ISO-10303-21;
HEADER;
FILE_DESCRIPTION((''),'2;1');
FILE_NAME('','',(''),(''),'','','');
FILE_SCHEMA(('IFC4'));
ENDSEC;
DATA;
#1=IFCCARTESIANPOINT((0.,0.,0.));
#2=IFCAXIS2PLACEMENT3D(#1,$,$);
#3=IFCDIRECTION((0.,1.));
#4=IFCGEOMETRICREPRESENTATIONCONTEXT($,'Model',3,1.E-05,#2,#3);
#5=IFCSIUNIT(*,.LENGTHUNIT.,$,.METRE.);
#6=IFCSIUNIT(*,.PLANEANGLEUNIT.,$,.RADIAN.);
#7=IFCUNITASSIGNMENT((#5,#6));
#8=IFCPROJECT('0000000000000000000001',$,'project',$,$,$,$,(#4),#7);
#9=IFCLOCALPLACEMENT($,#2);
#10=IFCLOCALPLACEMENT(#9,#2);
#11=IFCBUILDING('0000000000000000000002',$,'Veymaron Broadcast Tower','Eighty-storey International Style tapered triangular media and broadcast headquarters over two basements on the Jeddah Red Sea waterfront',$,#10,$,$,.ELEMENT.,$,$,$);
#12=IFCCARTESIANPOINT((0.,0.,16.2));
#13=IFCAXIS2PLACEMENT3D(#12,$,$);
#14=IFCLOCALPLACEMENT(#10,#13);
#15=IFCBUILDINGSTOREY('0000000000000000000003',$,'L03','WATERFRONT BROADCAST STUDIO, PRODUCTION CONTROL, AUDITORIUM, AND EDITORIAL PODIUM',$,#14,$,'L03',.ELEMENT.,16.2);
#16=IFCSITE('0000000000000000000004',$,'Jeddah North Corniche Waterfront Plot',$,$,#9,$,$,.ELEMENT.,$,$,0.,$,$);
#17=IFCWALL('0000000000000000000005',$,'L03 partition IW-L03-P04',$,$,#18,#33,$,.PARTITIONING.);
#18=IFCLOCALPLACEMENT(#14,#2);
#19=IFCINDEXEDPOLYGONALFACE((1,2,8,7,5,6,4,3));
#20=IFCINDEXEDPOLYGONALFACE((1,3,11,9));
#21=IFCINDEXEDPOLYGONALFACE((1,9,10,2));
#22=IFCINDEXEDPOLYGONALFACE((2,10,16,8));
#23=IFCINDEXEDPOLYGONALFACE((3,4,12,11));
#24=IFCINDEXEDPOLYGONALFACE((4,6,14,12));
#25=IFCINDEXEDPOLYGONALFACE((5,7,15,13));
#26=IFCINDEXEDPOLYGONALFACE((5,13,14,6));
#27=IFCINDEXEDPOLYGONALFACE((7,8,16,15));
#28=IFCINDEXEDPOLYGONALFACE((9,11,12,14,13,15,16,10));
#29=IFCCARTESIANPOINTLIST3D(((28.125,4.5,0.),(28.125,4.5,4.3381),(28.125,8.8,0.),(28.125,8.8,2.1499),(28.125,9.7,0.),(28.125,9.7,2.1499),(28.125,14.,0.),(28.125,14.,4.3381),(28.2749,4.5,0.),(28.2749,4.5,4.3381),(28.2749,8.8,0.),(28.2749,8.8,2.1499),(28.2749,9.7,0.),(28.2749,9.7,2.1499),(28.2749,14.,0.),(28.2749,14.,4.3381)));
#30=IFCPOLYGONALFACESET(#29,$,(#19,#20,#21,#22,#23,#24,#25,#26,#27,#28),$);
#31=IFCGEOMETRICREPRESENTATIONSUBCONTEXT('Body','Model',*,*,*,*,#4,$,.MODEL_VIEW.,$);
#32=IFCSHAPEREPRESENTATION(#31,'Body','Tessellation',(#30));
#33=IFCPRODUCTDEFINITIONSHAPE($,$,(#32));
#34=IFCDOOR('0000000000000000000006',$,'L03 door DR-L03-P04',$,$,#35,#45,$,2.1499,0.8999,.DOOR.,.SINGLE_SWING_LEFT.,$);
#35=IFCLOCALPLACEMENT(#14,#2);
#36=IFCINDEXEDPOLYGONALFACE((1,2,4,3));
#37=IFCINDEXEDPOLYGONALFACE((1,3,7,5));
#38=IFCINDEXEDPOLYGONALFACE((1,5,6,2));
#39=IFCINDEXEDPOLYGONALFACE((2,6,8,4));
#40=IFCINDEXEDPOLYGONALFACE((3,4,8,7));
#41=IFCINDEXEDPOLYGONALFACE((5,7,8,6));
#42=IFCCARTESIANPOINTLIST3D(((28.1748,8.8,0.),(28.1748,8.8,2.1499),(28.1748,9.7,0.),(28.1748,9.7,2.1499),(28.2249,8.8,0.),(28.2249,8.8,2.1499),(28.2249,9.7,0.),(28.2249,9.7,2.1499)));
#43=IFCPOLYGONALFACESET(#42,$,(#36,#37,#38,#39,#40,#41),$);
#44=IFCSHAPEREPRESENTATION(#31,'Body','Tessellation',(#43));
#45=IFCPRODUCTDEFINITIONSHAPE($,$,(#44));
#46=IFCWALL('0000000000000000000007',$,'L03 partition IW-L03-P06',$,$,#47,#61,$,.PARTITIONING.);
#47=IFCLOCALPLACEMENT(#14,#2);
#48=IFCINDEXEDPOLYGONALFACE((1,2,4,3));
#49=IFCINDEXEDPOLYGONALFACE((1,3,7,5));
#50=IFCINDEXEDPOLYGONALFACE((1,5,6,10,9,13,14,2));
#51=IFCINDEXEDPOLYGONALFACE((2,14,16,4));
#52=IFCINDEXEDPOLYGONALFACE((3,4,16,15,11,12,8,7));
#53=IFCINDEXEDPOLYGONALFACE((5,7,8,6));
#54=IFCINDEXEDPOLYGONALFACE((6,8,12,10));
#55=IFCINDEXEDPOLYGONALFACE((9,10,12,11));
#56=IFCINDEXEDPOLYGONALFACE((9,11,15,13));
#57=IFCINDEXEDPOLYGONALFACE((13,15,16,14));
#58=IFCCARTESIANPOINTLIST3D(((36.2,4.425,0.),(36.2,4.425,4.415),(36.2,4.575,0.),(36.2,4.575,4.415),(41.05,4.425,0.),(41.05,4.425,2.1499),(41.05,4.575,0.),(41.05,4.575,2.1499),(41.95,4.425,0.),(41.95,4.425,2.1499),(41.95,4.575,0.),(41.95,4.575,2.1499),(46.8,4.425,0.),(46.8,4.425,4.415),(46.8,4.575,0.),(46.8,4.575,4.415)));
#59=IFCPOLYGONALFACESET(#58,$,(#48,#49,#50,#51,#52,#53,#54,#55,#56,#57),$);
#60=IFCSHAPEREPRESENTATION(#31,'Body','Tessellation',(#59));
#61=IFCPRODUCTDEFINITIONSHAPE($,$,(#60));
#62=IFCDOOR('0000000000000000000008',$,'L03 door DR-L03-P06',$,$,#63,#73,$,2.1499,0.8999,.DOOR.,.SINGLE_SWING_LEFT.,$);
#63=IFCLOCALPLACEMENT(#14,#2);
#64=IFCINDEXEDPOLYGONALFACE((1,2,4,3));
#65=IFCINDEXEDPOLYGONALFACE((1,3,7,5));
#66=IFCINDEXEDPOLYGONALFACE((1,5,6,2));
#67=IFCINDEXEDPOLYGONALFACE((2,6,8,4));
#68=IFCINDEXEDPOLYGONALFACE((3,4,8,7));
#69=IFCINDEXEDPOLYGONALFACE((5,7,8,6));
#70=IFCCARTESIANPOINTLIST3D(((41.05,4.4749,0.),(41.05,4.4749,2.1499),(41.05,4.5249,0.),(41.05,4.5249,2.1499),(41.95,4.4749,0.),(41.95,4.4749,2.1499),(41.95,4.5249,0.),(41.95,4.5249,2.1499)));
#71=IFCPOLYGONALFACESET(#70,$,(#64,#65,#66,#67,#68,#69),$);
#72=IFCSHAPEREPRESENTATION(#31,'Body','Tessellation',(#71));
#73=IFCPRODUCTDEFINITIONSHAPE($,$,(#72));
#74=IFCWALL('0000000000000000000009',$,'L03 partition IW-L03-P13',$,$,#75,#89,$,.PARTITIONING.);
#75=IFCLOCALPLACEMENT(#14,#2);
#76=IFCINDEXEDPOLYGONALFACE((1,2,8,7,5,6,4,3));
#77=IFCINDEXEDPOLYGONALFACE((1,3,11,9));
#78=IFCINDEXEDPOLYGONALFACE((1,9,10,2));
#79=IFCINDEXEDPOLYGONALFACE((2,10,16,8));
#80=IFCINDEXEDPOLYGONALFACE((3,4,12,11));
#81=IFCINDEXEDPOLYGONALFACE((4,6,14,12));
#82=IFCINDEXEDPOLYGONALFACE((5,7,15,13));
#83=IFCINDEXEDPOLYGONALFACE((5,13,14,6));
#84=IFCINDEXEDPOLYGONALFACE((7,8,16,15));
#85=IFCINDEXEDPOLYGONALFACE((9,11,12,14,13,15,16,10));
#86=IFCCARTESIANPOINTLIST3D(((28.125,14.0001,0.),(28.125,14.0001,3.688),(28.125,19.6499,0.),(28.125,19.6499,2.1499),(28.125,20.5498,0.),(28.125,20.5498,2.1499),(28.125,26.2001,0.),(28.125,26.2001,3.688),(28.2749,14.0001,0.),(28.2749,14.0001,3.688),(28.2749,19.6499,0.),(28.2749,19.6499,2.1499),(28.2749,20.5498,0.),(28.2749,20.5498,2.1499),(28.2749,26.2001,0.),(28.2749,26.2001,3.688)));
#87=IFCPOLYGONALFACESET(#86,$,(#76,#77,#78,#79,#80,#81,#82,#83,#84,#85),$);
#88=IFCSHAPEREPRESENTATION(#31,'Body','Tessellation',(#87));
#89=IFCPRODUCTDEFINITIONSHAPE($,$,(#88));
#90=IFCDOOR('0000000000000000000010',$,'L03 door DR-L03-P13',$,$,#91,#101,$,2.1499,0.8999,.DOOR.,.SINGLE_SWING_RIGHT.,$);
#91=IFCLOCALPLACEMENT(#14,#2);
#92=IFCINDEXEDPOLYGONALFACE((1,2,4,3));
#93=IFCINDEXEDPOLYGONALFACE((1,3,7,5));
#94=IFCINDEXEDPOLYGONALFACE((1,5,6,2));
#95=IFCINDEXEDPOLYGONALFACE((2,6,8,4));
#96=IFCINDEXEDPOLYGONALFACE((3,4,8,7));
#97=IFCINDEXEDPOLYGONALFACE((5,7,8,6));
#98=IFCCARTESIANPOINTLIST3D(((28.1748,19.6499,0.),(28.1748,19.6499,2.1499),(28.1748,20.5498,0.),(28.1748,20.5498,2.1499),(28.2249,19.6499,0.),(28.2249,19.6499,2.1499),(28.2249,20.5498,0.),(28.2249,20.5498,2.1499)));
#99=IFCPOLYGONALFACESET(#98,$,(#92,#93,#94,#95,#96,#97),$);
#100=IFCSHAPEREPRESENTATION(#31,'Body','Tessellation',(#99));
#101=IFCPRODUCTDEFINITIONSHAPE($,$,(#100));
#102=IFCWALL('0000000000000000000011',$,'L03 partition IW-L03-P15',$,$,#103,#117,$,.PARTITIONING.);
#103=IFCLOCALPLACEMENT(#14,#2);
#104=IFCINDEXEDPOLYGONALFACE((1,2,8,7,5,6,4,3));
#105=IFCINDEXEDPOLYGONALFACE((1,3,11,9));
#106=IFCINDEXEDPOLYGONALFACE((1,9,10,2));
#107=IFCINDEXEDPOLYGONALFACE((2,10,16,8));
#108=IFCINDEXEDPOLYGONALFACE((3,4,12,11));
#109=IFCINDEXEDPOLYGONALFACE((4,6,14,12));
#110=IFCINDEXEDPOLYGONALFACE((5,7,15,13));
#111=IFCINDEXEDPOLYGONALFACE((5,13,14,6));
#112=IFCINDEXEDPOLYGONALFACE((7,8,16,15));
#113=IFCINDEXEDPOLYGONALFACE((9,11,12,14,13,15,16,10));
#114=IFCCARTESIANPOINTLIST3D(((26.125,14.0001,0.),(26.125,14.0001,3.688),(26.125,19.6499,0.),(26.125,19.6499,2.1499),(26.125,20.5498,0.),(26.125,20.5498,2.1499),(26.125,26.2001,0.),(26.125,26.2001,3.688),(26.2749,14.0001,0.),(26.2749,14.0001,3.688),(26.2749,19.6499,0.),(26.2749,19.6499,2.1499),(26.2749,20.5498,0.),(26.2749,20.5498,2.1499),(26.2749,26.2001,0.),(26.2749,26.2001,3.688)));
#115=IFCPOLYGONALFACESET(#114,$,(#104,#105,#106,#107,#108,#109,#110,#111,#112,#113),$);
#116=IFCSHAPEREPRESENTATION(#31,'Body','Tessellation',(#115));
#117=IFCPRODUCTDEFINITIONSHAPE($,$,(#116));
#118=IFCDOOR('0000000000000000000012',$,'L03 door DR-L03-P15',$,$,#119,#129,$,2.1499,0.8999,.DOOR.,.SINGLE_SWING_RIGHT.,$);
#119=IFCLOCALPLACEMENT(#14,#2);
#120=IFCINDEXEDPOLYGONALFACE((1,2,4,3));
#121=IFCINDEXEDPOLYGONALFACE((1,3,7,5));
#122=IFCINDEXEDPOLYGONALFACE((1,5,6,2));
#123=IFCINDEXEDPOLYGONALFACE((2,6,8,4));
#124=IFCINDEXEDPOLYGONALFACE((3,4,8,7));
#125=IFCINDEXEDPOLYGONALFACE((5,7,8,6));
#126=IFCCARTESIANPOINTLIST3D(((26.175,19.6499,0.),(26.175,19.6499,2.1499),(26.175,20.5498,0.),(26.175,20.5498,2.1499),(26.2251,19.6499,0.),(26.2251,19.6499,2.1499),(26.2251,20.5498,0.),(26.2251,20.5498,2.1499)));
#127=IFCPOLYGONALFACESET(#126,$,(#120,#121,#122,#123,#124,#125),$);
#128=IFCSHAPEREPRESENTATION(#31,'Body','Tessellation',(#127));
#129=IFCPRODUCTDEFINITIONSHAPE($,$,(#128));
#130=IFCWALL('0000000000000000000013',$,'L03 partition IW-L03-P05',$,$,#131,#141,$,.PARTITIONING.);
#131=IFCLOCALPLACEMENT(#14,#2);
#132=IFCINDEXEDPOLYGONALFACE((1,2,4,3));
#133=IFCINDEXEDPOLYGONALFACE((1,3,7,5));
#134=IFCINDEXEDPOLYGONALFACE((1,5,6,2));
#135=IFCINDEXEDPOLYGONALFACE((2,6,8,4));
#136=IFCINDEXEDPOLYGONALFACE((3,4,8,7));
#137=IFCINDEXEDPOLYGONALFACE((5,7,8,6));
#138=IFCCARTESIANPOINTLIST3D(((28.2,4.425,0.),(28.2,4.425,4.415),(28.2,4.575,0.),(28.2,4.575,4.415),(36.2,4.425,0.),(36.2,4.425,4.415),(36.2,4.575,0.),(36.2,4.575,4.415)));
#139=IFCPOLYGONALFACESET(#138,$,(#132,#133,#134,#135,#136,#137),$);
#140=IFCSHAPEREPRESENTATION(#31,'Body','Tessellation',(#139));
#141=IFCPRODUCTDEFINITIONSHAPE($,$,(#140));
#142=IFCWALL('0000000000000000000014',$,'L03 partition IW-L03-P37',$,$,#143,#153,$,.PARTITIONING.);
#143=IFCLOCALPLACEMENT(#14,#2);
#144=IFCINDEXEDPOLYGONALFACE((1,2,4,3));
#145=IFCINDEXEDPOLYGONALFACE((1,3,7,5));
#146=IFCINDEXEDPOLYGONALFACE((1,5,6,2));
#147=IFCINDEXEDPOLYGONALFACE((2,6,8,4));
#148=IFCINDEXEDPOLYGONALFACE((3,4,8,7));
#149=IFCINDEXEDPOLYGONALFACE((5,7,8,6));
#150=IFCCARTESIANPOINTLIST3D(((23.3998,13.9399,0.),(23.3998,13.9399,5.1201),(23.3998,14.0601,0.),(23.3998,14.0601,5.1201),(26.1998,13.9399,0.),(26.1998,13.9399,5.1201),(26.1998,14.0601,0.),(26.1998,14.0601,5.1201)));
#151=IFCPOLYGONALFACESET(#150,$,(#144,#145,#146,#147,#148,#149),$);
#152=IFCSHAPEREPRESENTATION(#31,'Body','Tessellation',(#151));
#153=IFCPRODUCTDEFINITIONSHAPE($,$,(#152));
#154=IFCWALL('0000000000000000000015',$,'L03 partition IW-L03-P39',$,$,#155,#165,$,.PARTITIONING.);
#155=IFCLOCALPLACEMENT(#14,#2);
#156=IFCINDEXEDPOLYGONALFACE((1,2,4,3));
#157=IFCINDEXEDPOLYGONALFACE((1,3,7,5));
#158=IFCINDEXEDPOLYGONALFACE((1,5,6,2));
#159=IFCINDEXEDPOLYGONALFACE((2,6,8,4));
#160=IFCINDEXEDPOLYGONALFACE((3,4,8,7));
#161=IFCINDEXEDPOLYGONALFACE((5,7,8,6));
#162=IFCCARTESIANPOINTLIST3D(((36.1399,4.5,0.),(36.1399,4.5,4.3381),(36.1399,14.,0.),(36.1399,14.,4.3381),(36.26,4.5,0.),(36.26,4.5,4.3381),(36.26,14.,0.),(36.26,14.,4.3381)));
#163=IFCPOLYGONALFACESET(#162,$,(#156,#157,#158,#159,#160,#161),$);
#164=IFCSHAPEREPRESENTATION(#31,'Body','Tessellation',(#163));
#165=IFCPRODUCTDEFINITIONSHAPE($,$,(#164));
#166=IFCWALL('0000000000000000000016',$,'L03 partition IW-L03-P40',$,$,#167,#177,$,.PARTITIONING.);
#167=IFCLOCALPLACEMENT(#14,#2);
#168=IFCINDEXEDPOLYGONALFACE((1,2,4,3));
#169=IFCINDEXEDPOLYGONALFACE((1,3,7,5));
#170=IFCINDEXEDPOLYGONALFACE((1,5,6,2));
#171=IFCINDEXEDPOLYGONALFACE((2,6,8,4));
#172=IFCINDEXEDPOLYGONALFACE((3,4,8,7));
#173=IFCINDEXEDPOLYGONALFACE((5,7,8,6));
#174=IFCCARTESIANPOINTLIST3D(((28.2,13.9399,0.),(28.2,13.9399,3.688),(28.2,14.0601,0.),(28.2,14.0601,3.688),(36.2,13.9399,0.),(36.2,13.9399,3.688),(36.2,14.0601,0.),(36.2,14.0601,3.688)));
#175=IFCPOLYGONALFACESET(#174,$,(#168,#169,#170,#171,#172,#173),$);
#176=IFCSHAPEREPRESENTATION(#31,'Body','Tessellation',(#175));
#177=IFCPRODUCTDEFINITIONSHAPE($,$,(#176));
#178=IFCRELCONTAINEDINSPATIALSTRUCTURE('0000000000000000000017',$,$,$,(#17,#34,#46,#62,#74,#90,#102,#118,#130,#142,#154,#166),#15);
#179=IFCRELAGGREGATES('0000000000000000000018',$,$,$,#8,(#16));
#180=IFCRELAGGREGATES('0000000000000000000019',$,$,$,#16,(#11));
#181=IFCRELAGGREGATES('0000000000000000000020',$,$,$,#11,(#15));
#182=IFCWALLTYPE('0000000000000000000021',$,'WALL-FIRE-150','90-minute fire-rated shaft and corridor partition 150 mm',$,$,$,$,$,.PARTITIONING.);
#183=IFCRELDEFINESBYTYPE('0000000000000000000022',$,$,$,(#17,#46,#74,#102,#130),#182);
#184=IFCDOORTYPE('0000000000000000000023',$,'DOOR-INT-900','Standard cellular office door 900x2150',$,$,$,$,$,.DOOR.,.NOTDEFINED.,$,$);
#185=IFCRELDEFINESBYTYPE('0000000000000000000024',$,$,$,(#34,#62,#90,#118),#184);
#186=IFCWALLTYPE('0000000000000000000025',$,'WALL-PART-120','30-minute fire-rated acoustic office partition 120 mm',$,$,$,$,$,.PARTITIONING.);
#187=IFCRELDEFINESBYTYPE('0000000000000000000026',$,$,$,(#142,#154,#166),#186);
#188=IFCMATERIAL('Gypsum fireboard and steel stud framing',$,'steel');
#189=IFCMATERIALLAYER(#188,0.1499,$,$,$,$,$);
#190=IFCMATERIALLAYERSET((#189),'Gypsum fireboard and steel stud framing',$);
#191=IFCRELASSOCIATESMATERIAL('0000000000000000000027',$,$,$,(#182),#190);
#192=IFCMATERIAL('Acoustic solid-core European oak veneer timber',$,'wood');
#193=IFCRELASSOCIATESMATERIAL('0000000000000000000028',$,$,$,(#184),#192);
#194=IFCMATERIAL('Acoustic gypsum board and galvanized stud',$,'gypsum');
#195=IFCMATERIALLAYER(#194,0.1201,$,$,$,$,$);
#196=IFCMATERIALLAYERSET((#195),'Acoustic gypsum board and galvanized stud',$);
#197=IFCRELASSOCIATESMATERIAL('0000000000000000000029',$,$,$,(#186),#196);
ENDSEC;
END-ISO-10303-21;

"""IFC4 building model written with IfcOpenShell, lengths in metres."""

from ifc_helpers import new_model, si_unit, direction, frame, frame_2d, origin, place, context, subcontext, project, spatial, rectangle, extrude, material, layer, layer_set, type_object, element, fill, save


model = new_model("IFC4")

# Units and contexts
model_context = context("Model", 3, precision=1e-05, world=origin(), true_north=direction((0.0, 1.0)))
body_context = subcontext(model_context, "Body", "Model", "MODEL_VIEW")
ifc_project = project(units=[si_unit("LENGTHUNIT", "METRE"), si_unit("PLANEANGLEUNIT", "RADIAN")], contexts=[model_context])

# Site, building, storey
site_placement = place(None, origin())
site = spatial("IfcSite", under=ifc_project, at=site_placement, Name="Jeddah North Corniche Waterfront Plot", CompositionType="ELEMENT", RefElevation=0.0)
building_placement = place(site_placement, origin())
building = spatial("IfcBuilding", under=site, at=building_placement, Name="Veymaron Broadcast Tower", Description="Eighty-storey International Style tapered triangular media and broadcast headquarters over two basements on the Jeddah Red Sea waterfront", CompositionType="ELEMENT")
storey_placement = place(building_placement, frame((0.0, 0.0, 16.2)))
storey = spatial("IfcBuildingStorey", under=building, at=storey_placement, Name="L03", Description="WATERFRONT BROADCAST STUDIO, PRODUCTION CONTROL, AUDITORIUM, AND EDITORIAL PODIUM", LongName="L03", CompositionType="ELEMENT", Elevation=16.2)

# Walls, openings, doors
ifc_material_1 = material(Name="Gypsum fireboard and steel stud framing", Category="steel")
ifc_layer_1 = layer(ifc_material_1, 0.1499)
ifc_layer_set_1 = layer_set([ifc_layer_1], Name="Gypsum fireboard and steel stud framing")
wall_type_1 = type_object("IfcWallType", Name="WALL-FIRE-150", Description="90-minute fire-rated shaft and corridor partition 150 mm", PredefinedType="PARTITIONING", material=ifc_layer_set_1)
ifc_material_2 = material(Name="Acoustic solid-core European oak veneer timber", Category="wood")
door_type_1 = type_object("IfcDoorType", Name="DOOR-INT-900", Description="Standard cellular office door 900x2150", OperationType="NOTDEFINED", PredefinedType="DOOR", material=ifc_material_2)
wall_1_placement = place(storey_placement, frame((28.2, 4.5, 0.0), z_axis=(0.0, 0.0, 1.0), x_axis=(0.0, 1.0, 0.0)))
wall_1 = element("IfcWall", 1, at=wall_1_placement, inside=storey, type_object=wall_type_1, Name="L03 partition IW-L03-P04", PredefinedType="PARTITIONING", context=body_context, shape_type="SweptSolid", body=[
    extrude(rectangle(XDim=9.5, YDim=0.1499, at=frame_2d((4.75, 0.0))), origin(), (0.0, 0.0, 1.0), 4.3381),
])
opening_1_placement = place(wall_1_placement, frame((4.3, 0.0, 0.0)))
opening_1 = element("IfcOpeningElement", 2, at=opening_1_placement, cuts=wall_1, PredefinedType="OPENING", context=body_context, shape_type="SweptSolid", body=[
    extrude(rectangle(XDim=0.8999, YDim=2.1499, at=frame_2d((0.45, 1.075))), frame((0.0, 0.085, 0.0), z_axis=(0.0, -1.0, 0.0), x_axis=(1.0, 0.0, 0.0)), (0.0, 0.0, 1.0), 0.1699),
])
door_1_placement = place(opening_1_placement, frame((0.8999, 0.0, 0.0), z_axis=(0.0, 0.0, 1.0), x_axis=(-1.0, 0.0, 0.0)))
door_1 = element("IfcDoor", 3, at=door_1_placement, inside=storey, type_object=door_type_1, Name="L03 door DR-L03-P04", OperationType="SINGLE_SWING_LEFT", OverallHeight=2.1499, OverallWidth=0.8999, PredefinedType="DOOR", context=body_context, shape_type="SweptSolid", body=[
    extrude(rectangle(XDim=0.8999, YDim=2.1499, at=frame_2d((0.45, 1.075))), frame((0.0, 0.0249, 0.0), z_axis=(0.0, -1.0, 0.0), x_axis=(1.0, 0.0, 0.0)), (0.0, 0.0, 1.0), 0.05),
])
fill(opening_1, door_1)
wall_2_placement = place(storey_placement, frame((36.2, 4.5, 0.0), z_axis=(0.0, 0.0, 1.0), x_axis=(1.0, 0.0, 0.0)))
wall_2 = element("IfcWall", 4, at=wall_2_placement, inside=storey, type_object=wall_type_1, Name="L03 partition IW-L03-P06", PredefinedType="PARTITIONING", context=body_context, shape_type="SweptSolid", body=[
    extrude(rectangle(XDim=10.6001, YDim=0.1499, at=frame_2d((5.3, 0.0))), origin(), (0.0, 0.0, 1.0), 4.415),
])
opening_2_placement = place(wall_2_placement, frame((4.8501, 0.0, 0.0)))
opening_2 = element("IfcOpeningElement", 5, at=opening_2_placement, cuts=wall_2, PredefinedType="OPENING", context=body_context, shape_type="SweptSolid", body=[
    extrude(rectangle(XDim=0.8999, YDim=2.1499, at=frame_2d((0.45, 1.075))), frame((0.0, 0.085, 0.0), z_axis=(0.0, -1.0, 0.0), x_axis=(1.0, 0.0, 0.0)), (0.0, 0.0, 1.0), 0.1699),
])
door_2_placement = place(opening_2_placement, origin())
door_2 = element("IfcDoor", 6, at=door_2_placement, inside=storey, type_object=door_type_1, Name="L03 door DR-L03-P06", OperationType="SINGLE_SWING_LEFT", OverallHeight=2.1499, OverallWidth=0.8999, PredefinedType="DOOR", context=body_context, shape_type="SweptSolid", body=[
    extrude(rectangle(XDim=0.8999, YDim=2.1499, at=frame_2d((0.45, 1.075))), frame((0.0, 0.0249, 0.0), z_axis=(0.0, -1.0, 0.0), x_axis=(1.0, 0.0, 0.0)), (0.0, 0.0, 1.0), 0.05),
])
fill(opening_2, door_2)
wall_3_placement = place(storey_placement, frame((28.2, 14.0, 0.0), z_axis=(0.0, 0.0, 1.0), x_axis=(0.0, 1.0, 0.0)))
wall_3 = element("IfcWall", 7, at=wall_3_placement, inside=storey, type_object=wall_type_1, Name="L03 partition IW-L03-P13", PredefinedType="PARTITIONING", context=body_context, shape_type="SweptSolid", body=[
    extrude(rectangle(XDim=12.2, YDim=0.1499, at=frame_2d((6.1001, 0.0))), origin(), (0.0, 0.0, 1.0), 3.688),
])
opening_3_placement = place(wall_3_placement, frame((5.6499, 0.0, 0.0)))
opening_3 = element("IfcOpeningElement", 8, at=opening_3_placement, cuts=wall_3, PredefinedType="OPENING", context=body_context, shape_type="SweptSolid", body=[
    extrude(rectangle(XDim=0.8999, YDim=2.1499, at=frame_2d((0.45, 1.075))), frame((0.0, 0.085, 0.0), z_axis=(0.0, -1.0, 0.0), x_axis=(1.0, 0.0, 0.0)), (0.0, 0.0, 1.0), 0.1699),
])
door_3_placement = place(opening_3_placement, frame((0.8999, 0.0, 0.0), z_axis=(0.0, 0.0, 1.0), x_axis=(-1.0, 0.0, 0.0)))
door_3 = element("IfcDoor", 9, at=door_3_placement, inside=storey, type_object=door_type_1, Name="L03 door DR-L03-P13", OperationType="SINGLE_SWING_RIGHT", OverallHeight=2.1499, OverallWidth=0.8999, PredefinedType="DOOR", context=body_context, shape_type="SweptSolid", body=[
    extrude(rectangle(XDim=0.8999, YDim=2.1499, at=frame_2d((0.45, 1.075))), frame((0.0, 0.0249, 0.0), z_axis=(0.0, -1.0, 0.0), x_axis=(1.0, 0.0, 0.0)), (0.0, 0.0, 1.0), 0.05),
])
fill(opening_3, door_3)
wall_4_placement = place(storey_placement, frame((26.2, 14.0, 0.0), z_axis=(0.0, 0.0, 1.0), x_axis=(0.0, 1.0, 0.0)))
wall_4 = element("IfcWall", 10, at=wall_4_placement, inside=storey, type_object=wall_type_1, Name="L03 partition IW-L03-P15", PredefinedType="PARTITIONING", context=body_context, shape_type="SweptSolid", body=[
    extrude(rectangle(XDim=12.2, YDim=0.1499, at=frame_2d((6.1001, 0.0))), origin(), (0.0, 0.0, 1.0), 3.688),
])
opening_4_placement = place(wall_4_placement, frame((5.6499, 0.0, 0.0)))
opening_4 = element("IfcOpeningElement", 11, at=opening_4_placement, cuts=wall_4, PredefinedType="OPENING", context=body_context, shape_type="SweptSolid", body=[
    extrude(rectangle(XDim=0.8999, YDim=2.1499, at=frame_2d((0.45, 1.075))), frame((0.0, 0.085, 0.0), z_axis=(0.0, -1.0, 0.0), x_axis=(1.0, 0.0, 0.0)), (0.0, 0.0, 1.0), 0.1699),
])
door_4_placement = place(opening_4_placement, origin())
door_4 = element("IfcDoor", 12, at=door_4_placement, inside=storey, type_object=door_type_1, Name="L03 door DR-L03-P15", OperationType="SINGLE_SWING_RIGHT", OverallHeight=2.1499, OverallWidth=0.8999, PredefinedType="DOOR", context=body_context, shape_type="SweptSolid", body=[
    extrude(rectangle(XDim=0.8999, YDim=2.1499, at=frame_2d((0.45, 1.075))), frame((0.0, 0.0249, 0.0), z_axis=(0.0, -1.0, 0.0), x_axis=(1.0, 0.0, 0.0)), (0.0, 0.0, 1.0), 0.05),
])
fill(opening_4, door_4)

# Walls
wall_5_placement = place(storey_placement, frame((28.2, 4.5, 0.0), z_axis=(0.0, 0.0, 1.0), x_axis=(1.0, 0.0, 0.0)))
element("IfcWall", 13, at=wall_5_placement, inside=storey, type_object=wall_type_1, Name="L03 partition IW-L03-P05", PredefinedType="PARTITIONING", context=body_context, shape_type="SweptSolid", body=[
    extrude(rectangle(XDim=8.0, YDim=0.1499, at=frame_2d((4.0, 0.0))), origin(), (0.0, 0.0, 1.0), 4.415),
])
ifc_material_3 = material(Name="Acoustic gypsum board and galvanized stud", Category="gypsum")
ifc_layer_2 = layer(ifc_material_3, 0.1201)
ifc_layer_set_2 = layer_set([ifc_layer_2], Name="Acoustic gypsum board and galvanized stud")
wall_type_2 = type_object("IfcWallType", Name="WALL-PART-120", Description="30-minute fire-rated acoustic office partition 120 mm", PredefinedType="PARTITIONING", material=ifc_layer_set_2)
wall_6_placement = place(storey_placement, frame((23.3999, 14.0, 0.0), z_axis=(0.0, 0.0, 1.0), x_axis=(1.0, 0.0, 0.0)))
element("IfcWall", 14, at=wall_6_placement, inside=storey, type_object=wall_type_2, Name="L03 partition IW-L03-P37", PredefinedType="PARTITIONING", context=body_context, shape_type="SweptSolid", body=[
    extrude(rectangle(XDim=2.8, YDim=0.1201, at=frame_2d((1.3999, 0.0))), origin(), (0.0, 0.0, 1.0), 5.1201),
])
wall_7_placement = place(storey_placement, frame((36.2, 4.5, 0.0), z_axis=(0.0, 0.0, 1.0), x_axis=(0.0, 1.0, 0.0)))
element("IfcWall", 15, at=wall_7_placement, inside=storey, type_object=wall_type_2, Name="L03 partition IW-L03-P39", PredefinedType="PARTITIONING", context=body_context, shape_type="SweptSolid", body=[
    extrude(rectangle(XDim=9.5, YDim=0.1201, at=frame_2d((4.75, 0.0))), origin(), (0.0, 0.0, 1.0), 4.3381),
])
wall_8_placement = place(storey_placement, frame((28.2, 14.0, 0.0), z_axis=(0.0, 0.0, 1.0), x_axis=(1.0, 0.0, 0.0)))
element("IfcWall", 16, at=wall_8_placement, inside=storey, type_object=wall_type_2, Name="L03 partition IW-L03-P40", PredefinedType="PARTITIONING", context=body_context, shape_type="SweptSolid", body=[
    extrude(rectangle(XDim=8.0, YDim=0.1201, at=frame_2d((4.0, 0.0))), origin(), (0.0, 0.0, 1.0), 3.688),
])

save(model, "model.ifc")
